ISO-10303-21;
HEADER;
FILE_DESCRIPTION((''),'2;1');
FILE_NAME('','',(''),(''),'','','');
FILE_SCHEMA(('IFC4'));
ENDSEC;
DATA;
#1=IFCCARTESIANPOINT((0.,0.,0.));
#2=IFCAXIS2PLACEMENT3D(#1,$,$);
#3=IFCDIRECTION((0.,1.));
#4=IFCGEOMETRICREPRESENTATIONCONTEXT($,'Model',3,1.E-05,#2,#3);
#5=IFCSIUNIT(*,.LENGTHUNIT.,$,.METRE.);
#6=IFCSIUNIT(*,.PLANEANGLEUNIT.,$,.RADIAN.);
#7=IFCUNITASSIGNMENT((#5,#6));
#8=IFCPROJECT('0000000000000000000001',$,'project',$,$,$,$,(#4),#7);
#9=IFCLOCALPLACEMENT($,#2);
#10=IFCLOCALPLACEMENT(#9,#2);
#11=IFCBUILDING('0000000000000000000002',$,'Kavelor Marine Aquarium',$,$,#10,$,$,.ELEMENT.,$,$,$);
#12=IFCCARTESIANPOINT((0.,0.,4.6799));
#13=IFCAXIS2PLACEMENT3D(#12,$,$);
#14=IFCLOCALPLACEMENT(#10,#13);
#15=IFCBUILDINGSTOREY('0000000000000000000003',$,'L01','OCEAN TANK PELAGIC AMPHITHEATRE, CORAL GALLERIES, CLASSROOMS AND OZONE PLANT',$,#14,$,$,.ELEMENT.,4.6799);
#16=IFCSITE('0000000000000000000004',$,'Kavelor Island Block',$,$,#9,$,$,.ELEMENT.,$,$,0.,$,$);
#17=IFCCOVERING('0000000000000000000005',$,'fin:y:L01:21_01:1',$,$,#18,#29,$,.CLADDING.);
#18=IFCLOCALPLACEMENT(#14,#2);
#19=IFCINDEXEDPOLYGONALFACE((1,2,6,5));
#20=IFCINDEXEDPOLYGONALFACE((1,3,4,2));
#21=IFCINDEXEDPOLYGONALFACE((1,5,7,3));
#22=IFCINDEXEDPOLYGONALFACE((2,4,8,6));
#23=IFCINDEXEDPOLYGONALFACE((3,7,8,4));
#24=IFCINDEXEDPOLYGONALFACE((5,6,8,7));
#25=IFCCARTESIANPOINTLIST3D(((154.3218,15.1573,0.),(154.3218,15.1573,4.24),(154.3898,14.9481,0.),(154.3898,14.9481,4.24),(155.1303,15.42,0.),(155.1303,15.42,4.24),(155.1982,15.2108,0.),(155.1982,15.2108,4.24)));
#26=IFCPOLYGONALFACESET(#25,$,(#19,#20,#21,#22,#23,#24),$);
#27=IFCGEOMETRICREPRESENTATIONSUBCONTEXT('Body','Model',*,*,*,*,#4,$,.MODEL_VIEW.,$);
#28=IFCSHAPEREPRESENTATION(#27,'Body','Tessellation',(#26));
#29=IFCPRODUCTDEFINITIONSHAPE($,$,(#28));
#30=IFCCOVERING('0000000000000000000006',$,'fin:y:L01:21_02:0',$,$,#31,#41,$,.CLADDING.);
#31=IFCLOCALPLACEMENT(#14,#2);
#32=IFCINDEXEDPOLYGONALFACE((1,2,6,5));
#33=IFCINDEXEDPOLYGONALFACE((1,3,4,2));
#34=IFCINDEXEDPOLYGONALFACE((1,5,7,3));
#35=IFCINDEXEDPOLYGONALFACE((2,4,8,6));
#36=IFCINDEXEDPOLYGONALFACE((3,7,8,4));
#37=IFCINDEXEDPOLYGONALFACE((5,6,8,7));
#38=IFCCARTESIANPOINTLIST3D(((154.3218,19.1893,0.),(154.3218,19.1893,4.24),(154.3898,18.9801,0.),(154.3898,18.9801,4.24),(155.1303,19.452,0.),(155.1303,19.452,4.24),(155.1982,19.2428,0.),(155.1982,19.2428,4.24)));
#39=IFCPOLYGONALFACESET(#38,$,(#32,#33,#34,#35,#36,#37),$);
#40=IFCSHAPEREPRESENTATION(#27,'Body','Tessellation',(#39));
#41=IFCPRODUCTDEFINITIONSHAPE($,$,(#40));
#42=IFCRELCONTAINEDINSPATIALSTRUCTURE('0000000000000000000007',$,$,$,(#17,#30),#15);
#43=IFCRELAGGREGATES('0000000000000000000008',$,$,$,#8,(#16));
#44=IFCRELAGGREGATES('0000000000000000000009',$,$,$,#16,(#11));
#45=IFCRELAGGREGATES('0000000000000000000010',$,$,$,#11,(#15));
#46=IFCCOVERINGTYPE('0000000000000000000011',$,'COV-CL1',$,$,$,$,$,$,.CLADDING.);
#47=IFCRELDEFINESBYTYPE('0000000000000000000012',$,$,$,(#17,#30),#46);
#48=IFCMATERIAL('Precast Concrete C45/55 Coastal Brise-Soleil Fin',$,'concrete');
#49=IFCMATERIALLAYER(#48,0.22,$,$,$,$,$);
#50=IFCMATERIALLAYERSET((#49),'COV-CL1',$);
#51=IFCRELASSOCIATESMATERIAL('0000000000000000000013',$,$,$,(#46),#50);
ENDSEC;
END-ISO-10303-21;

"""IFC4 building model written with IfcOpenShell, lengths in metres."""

from ifc_helpers import new_model, si_unit, direction, frame, origin, origin_2d, place, context, subcontext, project, spatial, rectangle, extrude, material, layer, layer_set, type_object, element, save


model = new_model("IFC4")

# Units and contexts
model_context = context("Model", 3, precision=1e-05, world=origin(), true_north=direction((0.0, 1.0)))
body_context = subcontext(model_context, "Body", "Model", "MODEL_VIEW")
ifc_project = project(units=[si_unit("LENGTHUNIT", "METRE"), si_unit("PLANEANGLEUNIT", "RADIAN")], contexts=[model_context])

# Site, building, storey
site_placement = place(None, origin())
site = spatial("IfcSite", under=ifc_project, at=site_placement, Name="Kavelor Island Block", CompositionType="ELEMENT", RefElevation=0.0)
building_placement = place(site_placement, origin())
building = spatial("IfcBuilding", under=site, at=building_placement, Name="Kavelor Marine Aquarium", CompositionType="ELEMENT")
storey_placement = place(building_placement, frame((0.0, 0.0, 4.6799)))
storey = spatial("IfcBuildingStorey", under=building, at=storey_placement, Name="L01", Description="OCEAN TANK PELAGIC AMPHITHEATRE, CORAL GALLERIES, CLASSROOMS AND OZONE PLANT", CompositionType="ELEMENT", Elevation=4.6799)

# Coverings
ifc_material_1 = material(Name="Precast Concrete C45/55 Coastal Brise-Soleil Fin", Category="concrete")
ifc_layer_1 = layer(ifc_material_1, 0.22)
ifc_layer_set_1 = layer_set([ifc_layer_1], Name="COV-CL1")
covering_type = type_object("IfcCoveringType", Name="COV-CL1", PredefinedType="CLADDING", material=ifc_layer_set_1)
for number, where, z_axis, x_axis, name in (
    (1, (154.76, 15.1841, 0.0), (0.0, 0.0, 1.0), (0.951057, 0.309017, 0.0), "fin:y:L01:21_01:1"),
    (2, (154.76, 19.2161, 0.0), (0.0, 0.0, 1.0), (0.951057, 0.309017, 0.0), "fin:y:L01:21_02:0"),
):
    element("IfcCovering", number, at=place(storey_placement, frame(where, z_axis=z_axis, x_axis=x_axis)), inside=storey, type_object=covering_type, Name=name, PredefinedType="CLADDING", context=body_context, shape_type="SweptSolid", body=[
        extrude(rectangle(XDim=0.8501, YDim=0.22, at=origin_2d()), origin(), (0.0, 0.0, 1.0), 4.24),
    ])

save(model, "model.ifc")
